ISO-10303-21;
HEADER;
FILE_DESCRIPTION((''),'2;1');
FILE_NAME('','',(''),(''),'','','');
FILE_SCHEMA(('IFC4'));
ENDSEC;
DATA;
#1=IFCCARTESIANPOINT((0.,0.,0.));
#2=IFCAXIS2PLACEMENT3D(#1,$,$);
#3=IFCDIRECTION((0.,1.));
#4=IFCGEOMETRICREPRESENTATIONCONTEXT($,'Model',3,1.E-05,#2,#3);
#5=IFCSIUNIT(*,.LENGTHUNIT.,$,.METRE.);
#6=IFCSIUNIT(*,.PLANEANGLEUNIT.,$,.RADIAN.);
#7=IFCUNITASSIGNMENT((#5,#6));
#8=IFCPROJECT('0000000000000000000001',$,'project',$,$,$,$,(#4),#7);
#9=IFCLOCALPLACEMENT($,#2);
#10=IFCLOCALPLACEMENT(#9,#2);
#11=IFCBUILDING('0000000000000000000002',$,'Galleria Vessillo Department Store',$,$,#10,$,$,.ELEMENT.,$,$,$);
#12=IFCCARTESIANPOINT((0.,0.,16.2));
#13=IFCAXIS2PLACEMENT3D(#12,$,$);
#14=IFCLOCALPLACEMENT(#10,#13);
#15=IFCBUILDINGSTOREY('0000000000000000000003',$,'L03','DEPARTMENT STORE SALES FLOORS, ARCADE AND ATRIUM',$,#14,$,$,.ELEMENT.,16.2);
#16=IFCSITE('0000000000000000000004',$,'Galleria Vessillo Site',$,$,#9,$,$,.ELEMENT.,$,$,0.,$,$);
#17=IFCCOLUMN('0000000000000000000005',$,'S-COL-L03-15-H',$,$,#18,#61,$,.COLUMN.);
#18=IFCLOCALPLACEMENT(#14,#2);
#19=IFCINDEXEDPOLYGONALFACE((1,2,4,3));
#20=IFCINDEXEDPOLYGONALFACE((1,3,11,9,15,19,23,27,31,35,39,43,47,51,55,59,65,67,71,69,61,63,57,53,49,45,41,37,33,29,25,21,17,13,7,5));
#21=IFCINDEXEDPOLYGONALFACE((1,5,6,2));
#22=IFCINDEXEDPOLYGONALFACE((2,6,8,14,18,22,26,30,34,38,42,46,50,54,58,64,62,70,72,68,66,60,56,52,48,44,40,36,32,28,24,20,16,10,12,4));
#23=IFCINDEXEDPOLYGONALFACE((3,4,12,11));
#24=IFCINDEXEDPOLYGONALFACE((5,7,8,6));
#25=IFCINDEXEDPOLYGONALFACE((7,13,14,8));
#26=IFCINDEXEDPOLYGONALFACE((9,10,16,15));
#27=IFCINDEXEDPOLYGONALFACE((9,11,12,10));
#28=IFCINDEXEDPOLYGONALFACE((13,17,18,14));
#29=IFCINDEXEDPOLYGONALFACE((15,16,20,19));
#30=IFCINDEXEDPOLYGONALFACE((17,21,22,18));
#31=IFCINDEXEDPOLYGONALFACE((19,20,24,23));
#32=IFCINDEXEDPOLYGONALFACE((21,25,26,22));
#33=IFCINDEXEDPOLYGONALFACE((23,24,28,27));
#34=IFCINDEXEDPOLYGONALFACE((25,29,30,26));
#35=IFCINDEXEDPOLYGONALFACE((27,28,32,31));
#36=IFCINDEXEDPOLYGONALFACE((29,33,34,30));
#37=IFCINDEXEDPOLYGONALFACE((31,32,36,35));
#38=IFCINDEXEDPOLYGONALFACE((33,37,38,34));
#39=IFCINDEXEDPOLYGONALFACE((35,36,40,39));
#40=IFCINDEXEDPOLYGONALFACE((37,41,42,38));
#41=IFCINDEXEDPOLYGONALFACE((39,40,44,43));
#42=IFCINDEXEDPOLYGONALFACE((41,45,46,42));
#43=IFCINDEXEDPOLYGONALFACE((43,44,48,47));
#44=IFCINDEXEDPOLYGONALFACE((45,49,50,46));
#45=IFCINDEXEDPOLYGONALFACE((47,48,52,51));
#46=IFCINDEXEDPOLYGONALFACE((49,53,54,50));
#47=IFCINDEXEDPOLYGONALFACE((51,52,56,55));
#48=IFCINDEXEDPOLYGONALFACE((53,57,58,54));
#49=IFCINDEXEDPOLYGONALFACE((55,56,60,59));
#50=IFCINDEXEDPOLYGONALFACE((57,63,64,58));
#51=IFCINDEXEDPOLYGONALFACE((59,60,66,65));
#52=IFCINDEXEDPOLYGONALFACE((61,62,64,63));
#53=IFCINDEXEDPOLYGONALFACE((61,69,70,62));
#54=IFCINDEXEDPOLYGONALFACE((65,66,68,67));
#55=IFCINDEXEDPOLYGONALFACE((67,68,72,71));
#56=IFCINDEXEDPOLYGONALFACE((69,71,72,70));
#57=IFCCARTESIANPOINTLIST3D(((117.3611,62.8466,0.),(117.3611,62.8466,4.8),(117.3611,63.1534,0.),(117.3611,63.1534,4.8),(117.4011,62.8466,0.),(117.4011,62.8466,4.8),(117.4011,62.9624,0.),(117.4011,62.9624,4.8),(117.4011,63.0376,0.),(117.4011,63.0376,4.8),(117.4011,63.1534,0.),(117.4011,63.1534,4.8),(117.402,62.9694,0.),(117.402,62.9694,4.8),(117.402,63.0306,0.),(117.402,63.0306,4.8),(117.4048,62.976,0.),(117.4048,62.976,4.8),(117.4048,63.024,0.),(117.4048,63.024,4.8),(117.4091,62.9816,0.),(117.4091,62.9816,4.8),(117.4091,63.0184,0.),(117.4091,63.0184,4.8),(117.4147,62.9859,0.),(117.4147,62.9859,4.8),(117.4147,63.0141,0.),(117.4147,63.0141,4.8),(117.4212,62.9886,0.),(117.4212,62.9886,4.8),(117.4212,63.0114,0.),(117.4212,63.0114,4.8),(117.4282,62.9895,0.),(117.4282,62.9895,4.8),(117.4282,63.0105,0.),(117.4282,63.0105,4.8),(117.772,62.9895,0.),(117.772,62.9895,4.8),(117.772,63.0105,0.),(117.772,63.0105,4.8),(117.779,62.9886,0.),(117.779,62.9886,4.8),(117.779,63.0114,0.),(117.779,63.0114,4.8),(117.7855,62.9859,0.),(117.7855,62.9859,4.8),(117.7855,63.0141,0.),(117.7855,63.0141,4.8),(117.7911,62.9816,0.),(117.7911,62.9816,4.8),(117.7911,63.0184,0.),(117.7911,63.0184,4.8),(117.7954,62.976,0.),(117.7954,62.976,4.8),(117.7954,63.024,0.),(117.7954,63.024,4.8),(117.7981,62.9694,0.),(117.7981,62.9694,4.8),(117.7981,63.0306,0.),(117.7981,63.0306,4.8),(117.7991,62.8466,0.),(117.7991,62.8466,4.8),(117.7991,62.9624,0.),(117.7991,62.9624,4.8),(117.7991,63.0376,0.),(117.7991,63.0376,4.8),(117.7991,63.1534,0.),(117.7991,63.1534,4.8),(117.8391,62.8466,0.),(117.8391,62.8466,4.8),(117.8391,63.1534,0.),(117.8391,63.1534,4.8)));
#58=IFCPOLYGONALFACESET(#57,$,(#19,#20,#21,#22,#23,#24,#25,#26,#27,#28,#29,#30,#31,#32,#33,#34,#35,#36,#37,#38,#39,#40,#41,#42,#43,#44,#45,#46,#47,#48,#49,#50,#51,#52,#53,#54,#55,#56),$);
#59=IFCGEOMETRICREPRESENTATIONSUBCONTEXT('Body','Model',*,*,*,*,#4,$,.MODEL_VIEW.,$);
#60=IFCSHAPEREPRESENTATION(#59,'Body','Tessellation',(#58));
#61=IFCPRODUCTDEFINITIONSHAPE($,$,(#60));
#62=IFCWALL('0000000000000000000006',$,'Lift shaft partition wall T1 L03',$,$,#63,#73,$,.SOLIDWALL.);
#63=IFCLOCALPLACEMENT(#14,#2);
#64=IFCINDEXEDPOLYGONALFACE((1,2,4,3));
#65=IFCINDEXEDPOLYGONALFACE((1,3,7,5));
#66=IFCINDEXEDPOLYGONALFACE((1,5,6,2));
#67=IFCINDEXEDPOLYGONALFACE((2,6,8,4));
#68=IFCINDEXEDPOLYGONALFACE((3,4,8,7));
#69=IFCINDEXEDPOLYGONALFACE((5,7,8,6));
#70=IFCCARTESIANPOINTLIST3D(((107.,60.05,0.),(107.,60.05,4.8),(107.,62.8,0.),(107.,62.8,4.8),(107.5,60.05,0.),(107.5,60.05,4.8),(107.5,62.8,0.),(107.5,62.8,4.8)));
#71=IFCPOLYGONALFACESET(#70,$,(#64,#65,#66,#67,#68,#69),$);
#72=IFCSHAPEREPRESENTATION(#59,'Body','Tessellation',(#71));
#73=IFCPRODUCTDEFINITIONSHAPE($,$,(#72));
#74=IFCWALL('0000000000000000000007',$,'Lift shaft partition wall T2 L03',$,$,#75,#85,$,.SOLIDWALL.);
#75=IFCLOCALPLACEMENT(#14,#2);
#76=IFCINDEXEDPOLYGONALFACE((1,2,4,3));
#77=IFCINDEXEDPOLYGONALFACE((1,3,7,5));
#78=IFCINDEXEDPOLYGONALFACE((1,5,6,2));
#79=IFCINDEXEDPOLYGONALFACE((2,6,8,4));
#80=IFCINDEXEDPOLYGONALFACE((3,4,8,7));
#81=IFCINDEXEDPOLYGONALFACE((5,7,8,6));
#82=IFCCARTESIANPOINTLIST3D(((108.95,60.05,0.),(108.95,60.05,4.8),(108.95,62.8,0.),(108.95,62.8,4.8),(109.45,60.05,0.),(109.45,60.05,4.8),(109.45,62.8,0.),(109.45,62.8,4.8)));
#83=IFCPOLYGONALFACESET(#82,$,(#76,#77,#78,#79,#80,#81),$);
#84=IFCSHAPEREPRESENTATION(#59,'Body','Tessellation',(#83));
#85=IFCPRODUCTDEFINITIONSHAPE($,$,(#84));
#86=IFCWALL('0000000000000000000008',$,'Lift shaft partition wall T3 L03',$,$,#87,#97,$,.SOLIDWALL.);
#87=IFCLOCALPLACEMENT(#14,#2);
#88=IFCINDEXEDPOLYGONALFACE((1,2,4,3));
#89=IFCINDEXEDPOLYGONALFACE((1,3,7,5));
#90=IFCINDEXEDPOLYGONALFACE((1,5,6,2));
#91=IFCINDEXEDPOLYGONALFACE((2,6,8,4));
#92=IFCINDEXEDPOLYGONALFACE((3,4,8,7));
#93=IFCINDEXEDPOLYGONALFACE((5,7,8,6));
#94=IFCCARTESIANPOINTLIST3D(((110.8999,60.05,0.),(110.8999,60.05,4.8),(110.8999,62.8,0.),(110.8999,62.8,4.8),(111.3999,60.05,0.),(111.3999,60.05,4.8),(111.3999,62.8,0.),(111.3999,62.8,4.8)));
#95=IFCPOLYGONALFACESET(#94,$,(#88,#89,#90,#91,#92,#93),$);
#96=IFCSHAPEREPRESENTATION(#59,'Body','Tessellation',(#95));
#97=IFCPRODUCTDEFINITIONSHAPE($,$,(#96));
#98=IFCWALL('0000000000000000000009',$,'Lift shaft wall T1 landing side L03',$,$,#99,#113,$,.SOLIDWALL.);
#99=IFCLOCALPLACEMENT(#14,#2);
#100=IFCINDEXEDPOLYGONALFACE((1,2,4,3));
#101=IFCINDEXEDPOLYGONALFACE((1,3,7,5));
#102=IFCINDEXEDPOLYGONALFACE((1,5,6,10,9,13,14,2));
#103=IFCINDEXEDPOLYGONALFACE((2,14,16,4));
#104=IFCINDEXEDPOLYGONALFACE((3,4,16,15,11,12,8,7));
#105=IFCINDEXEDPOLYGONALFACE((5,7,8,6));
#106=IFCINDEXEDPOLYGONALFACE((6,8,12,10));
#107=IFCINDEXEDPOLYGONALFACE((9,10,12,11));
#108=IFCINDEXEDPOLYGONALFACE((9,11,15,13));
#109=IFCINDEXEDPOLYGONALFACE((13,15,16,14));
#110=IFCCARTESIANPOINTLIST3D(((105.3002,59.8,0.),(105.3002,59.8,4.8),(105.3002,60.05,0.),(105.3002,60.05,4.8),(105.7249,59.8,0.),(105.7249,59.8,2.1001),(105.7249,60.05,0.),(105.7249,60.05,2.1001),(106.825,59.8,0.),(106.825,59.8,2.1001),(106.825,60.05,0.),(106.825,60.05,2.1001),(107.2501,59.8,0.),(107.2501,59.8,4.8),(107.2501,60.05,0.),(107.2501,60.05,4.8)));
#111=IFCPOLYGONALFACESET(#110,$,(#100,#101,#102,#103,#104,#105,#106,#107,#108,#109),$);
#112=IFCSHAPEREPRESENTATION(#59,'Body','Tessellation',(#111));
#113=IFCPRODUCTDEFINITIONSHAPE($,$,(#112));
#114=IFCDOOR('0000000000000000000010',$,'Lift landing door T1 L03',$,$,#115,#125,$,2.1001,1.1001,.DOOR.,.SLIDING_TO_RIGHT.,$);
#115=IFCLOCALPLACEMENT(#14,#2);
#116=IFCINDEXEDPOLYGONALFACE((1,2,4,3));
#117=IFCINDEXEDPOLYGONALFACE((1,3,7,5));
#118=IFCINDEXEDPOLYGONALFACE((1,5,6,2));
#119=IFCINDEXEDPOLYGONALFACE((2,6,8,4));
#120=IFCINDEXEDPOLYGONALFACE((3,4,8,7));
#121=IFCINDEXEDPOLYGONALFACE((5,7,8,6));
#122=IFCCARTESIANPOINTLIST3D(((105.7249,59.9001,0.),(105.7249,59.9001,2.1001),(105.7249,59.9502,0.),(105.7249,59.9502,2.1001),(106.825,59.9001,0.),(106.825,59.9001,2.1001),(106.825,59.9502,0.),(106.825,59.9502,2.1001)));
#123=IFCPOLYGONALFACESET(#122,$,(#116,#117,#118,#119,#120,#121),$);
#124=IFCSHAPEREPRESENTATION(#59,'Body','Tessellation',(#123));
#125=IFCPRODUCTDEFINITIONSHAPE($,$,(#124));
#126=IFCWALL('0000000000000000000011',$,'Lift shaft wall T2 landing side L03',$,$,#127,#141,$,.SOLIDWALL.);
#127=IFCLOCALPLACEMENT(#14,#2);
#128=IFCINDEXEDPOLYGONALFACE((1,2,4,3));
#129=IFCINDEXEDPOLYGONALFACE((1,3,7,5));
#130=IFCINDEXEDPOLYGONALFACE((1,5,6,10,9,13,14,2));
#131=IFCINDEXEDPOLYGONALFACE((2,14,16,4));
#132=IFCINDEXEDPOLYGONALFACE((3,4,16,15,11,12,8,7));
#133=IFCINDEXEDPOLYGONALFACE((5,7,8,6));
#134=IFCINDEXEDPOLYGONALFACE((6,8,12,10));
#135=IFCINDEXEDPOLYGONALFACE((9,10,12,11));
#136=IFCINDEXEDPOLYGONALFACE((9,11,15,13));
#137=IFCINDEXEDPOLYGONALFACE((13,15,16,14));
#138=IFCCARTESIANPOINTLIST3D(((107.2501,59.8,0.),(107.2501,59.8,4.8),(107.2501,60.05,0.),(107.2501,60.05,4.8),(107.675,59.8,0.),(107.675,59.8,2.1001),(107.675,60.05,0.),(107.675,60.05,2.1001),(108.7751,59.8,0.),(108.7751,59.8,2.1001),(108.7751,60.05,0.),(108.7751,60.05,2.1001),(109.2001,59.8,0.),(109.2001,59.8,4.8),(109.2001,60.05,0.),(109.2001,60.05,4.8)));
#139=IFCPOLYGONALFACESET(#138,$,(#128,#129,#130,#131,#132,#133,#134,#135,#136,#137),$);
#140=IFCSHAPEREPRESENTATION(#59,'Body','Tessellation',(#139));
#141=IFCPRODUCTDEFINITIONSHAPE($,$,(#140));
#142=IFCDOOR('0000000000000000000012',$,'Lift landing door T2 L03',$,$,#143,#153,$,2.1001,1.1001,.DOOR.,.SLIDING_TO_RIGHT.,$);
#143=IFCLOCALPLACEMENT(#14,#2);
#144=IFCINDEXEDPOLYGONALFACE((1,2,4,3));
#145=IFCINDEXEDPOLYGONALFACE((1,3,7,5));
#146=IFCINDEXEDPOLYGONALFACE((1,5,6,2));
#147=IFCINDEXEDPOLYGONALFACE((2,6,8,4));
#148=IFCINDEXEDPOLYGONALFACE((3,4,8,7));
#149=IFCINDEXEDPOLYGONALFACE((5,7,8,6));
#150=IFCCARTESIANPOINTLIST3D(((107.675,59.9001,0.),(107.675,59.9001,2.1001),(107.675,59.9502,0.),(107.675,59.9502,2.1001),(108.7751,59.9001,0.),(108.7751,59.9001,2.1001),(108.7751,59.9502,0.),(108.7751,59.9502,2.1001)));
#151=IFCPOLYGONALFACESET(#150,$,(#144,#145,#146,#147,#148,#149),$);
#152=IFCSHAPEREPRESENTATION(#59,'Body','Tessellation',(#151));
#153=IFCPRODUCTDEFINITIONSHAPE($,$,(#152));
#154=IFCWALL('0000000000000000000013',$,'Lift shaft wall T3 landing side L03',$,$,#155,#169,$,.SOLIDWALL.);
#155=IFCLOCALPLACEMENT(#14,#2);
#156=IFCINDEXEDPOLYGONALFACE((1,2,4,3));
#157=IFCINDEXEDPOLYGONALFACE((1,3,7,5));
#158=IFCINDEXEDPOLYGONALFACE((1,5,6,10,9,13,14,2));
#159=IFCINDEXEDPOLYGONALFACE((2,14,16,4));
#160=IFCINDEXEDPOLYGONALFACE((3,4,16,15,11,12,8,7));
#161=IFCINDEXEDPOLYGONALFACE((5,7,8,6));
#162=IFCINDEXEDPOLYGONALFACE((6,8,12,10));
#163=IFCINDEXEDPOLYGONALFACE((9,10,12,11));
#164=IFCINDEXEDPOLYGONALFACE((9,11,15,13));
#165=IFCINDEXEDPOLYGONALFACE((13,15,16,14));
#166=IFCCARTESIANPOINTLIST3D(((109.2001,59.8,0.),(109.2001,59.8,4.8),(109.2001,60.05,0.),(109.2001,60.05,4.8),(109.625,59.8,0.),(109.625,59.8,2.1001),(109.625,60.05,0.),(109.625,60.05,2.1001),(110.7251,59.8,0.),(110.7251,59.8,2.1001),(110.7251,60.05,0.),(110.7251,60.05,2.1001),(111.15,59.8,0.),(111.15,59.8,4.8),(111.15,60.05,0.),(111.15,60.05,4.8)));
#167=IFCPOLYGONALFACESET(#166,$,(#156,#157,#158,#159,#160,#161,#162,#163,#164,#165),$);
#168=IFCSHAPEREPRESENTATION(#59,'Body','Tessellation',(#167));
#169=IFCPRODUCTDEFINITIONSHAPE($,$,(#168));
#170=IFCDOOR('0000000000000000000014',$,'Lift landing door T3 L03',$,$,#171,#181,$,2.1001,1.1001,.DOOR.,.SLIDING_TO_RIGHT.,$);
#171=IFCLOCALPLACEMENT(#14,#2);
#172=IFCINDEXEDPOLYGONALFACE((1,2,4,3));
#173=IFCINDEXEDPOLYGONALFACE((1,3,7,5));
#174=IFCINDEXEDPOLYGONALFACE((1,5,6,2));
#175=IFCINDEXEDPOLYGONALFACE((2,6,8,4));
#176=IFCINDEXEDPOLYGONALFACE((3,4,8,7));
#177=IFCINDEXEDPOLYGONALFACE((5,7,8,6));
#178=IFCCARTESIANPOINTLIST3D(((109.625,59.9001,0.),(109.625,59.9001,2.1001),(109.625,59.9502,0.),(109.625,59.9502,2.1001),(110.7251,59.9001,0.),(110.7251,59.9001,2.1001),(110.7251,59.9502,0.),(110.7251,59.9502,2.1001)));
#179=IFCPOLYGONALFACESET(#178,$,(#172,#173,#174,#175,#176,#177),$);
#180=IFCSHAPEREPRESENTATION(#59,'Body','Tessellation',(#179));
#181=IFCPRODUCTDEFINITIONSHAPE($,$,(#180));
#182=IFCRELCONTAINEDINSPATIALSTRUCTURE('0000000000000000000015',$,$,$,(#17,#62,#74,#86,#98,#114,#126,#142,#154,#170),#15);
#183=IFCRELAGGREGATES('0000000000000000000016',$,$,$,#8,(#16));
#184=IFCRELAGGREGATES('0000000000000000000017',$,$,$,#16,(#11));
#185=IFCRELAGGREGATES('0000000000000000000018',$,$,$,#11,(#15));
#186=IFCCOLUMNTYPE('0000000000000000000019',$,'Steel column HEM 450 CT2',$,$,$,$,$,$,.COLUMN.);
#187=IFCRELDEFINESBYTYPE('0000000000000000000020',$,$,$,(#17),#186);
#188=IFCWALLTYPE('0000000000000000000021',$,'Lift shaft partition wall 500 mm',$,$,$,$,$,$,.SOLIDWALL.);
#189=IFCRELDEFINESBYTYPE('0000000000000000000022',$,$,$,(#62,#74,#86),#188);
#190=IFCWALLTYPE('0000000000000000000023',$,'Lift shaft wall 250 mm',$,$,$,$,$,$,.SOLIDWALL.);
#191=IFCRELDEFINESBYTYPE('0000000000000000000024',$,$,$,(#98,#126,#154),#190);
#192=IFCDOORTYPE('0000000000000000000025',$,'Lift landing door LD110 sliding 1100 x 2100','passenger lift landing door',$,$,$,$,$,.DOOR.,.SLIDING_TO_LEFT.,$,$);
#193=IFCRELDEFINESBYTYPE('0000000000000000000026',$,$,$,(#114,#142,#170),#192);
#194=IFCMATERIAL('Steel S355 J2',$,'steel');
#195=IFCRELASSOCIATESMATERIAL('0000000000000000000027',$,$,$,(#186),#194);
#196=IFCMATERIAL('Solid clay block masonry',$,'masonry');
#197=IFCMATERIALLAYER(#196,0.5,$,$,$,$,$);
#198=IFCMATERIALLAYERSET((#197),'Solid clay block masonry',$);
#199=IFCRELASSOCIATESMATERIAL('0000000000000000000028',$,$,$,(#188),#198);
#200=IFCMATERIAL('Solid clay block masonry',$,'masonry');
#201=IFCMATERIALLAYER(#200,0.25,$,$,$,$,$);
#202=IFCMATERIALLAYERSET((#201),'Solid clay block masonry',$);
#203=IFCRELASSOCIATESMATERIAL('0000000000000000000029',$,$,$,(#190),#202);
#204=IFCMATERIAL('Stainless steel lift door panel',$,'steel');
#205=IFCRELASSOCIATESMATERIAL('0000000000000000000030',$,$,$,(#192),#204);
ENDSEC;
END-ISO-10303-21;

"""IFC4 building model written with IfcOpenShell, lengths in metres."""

from ifc_helpers import new_model, si_unit, direction, frame, frame_2d, origin, origin_2d, place, context, subcontext, project, spatial, rectangle, i_section, extrude, material, layer, layer_set, material_profile, profile_set, type_object, element, fill, save


model = new_model("IFC4")

# Units and contexts
model_context = context("Model", 3, precision=1e-05, world=origin(), true_north=direction((0.0, 1.0)))
body_context = subcontext(model_context, "Body", "Model", "MODEL_VIEW")
ifc_project = project(units=[si_unit("LENGTHUNIT", "METRE"), si_unit("PLANEANGLEUNIT", "RADIAN")], contexts=[model_context])

# Site, building, storey
site_placement = place(None, origin())
site = spatial("IfcSite", under=ifc_project, at=site_placement, Name="Galleria Vessillo Site", CompositionType="ELEMENT", RefElevation=0.0)
building_placement = place(site_placement, origin())
building = spatial("IfcBuilding", under=site, at=building_placement, Name="Galleria Vessillo Department Store", CompositionType="ELEMENT")
storey_placement = place(building_placement, frame((0.0, 0.0, 16.2)))
storey = spatial("IfcBuildingStorey", under=building, at=storey_placement, Name="L03", Description="DEPARTMENT STORE SALES FLOORS, ARCADE AND ATRIUM", CompositionType="ELEMENT", Elevation=16.2)

# Column
ifc_material_1 = material(Name="Steel S355 J2", Category="steel")
ifc_material_profile = material_profile(ifc_material_1, i_section(OverallWidth=0.3069, OverallDepth=0.478, WebThickness=0.021, FlangeThickness=0.04, FilletRadius=0.0271, at=origin_2d()), Name="HEM 450")
ifc_profile_set = profile_set([ifc_material_profile], Name="Steel S355 J2")
column_type = type_object("IfcColumnType", Name="Steel column HEM 450 CT2", PredefinedType="COLUMN", material=ifc_profile_set)
column_placement = place(storey_placement, frame((117.6001, 63.0, 0.0), z_axis=(0.0, 0.0, 1.0), x_axis=(0.0, 1.0, 0.0)))
element("IfcColumn", 1, at=column_placement, inside=storey, type_object=column_type, Name="S-COL-L03-15-H", PredefinedType="COLUMN", context=body_context, shape_type="SweptSolid", body=[
    extrude(i_section(OverallWidth=0.3069, OverallDepth=0.478, WebThickness=0.021, FlangeThickness=0.04, FilletRadius=0.0271, at=origin_2d()), origin(), (0.0, 0.0, 1.0), 4.8),
])

# Walls
ifc_material_2 = material(Name="Solid clay block masonry", Category="masonry")
ifc_layer_1 = layer(ifc_material_2, 0.5)
ifc_layer_set_1 = layer_set([ifc_layer_1], Name="Solid clay block masonry")
wall_type_1 = type_object("IfcWallType", Name="Lift shaft partition wall 500 mm", PredefinedType="SOLIDWALL", material=ifc_layer_set_1)
for number, where, z_axis, x_axis, name in (
    (2, (107.25, 62.8, 0.0), (0.0, 0.0, 1.0), (0.0, -1.0, 0.0), "Lift shaft partition wall T1 L03"),
    (3, (109.2, 62.8, 0.0), (0.0, 0.0, 1.0), (0.0, -1.0, 0.0), "Lift shaft partition wall T2 L03"),
    (4, (111.1499, 62.8, 0.0), (0.0, 0.0, 1.0), (0.0, -1.0, 0.0), "Lift shaft partition wall T3 L03"),
):
    element("IfcWall", number, at=place(storey_placement, frame(where, z_axis=z_axis, x_axis=x_axis)), inside=storey, type_object=wall_type_1, Name=name, PredefinedType="SOLIDWALL", context=body_context, shape_type="SweptSolid", body=[
        extrude(rectangle(XDim=2.75, YDim=0.5, at=frame_2d((1.375, 0.0))), origin(), (0.0, 0.0, 1.0), 4.8),
    ])

# Walls, openings, doors
ifc_material_3 = material(Name="Solid clay block masonry", Category="masonry")
ifc_layer_2 = layer(ifc_material_3, 0.25)
ifc_layer_set_2 = layer_set([ifc_layer_2], Name="Solid clay block masonry")
wall_type_2 = type_object("IfcWallType", Name="Lift shaft wall 250 mm", PredefinedType="SOLIDWALL", material=ifc_layer_set_2)
wall_1_placement = place(storey_placement, frame((105.3, 59.925, 0.0), z_axis=(0.0, 0.0, 1.0), x_axis=(1.0, 0.0, 0.0)))
wall_1 = element("IfcWall", 5, at=wall_1_placement, inside=storey, type_object=wall_type_2, Name="Lift shaft wall T1 landing side L03", PredefinedType="SOLIDWALL", context=body_context, shape_type="SweptSolid", body=[
    extrude(rectangle(XDim=1.95, YDim=0.25, at=frame_2d((0.9751, 0.0))), origin(), (0.0, 0.0, 1.0), 4.8),
])
opening_1_placement = place(wall_1_placement, frame((0.4248, 0.0, 0.0)))
opening_1 = element("IfcOpeningElement", 6, at=opening_1_placement, cuts=wall_1, PredefinedType="OPENING", context=body_context, shape_type="SweptSolid", body=[
    extrude(rectangle(XDim=1.1001, YDim=2.1001, at=frame_2d((0.55, 1.05))), frame((0.0, 0.135, 0.0), z_axis=(0.0, -1.0, 0.0), x_axis=(1.0, 0.0, 0.0)), (0.0, 0.0, 1.0), 0.27),
])
ifc_material_4 = material(Name="Stainless steel lift door panel", Category="steel")
door_type = type_object("IfcDoorType", Name="Lift landing door LD110 sliding 1100 x 2100", Description="passenger lift landing door", OperationType="SLIDING_TO_LEFT", PredefinedType="DOOR", material=ifc_material_4)
door_1_placement = place(opening_1_placement, frame((1.1001, 0.0, 0.0), z_axis=(0.0, 0.0, 1.0), x_axis=(-1.0, 0.0, 0.0)))
door_1 = element("IfcDoor", 7, at=door_1_placement, inside=storey, type_object=door_type, Name="Lift landing door T1 L03", OperationType="SLIDING_TO_RIGHT", OverallHeight=2.1001, OverallWidth=1.1001, PredefinedType="DOOR", context=body_context, shape_type="SweptSolid", body=[
    extrude(rectangle(XDim=1.1001, YDim=2.1001, at=frame_2d((0.55, 1.05))), frame((0.0, 0.0249, 0.0), z_axis=(0.0, -1.0, 0.0), x_axis=(1.0, 0.0, 0.0)), (0.0, 0.0, 1.0), 0.05),
])
fill(opening_1, door_1)
wall_2_placement = place(storey_placement, frame((107.25, 59.925, 0.0), z_axis=(0.0, 0.0, 1.0), x_axis=(1.0, 0.0, 0.0)))
wall_2 = element("IfcWall", 8, at=wall_2_placement, inside=storey, type_object=wall_type_2, Name="Lift shaft wall T2 landing side L03", PredefinedType="SOLIDWALL", context=body_context, shape_type="SweptSolid", body=[
    extrude(rectangle(XDim=1.95, YDim=0.25, at=frame_2d((0.9751, 0.0))), origin(), (0.0, 0.0, 1.0), 4.8),
])
opening_2_placement = place(wall_2_placement, frame((0.425, 0.0, 0.0)))
opening_2 = element("IfcOpeningElement", 9, at=opening_2_placement, cuts=wall_2, PredefinedType="OPENING", context=body_context, shape_type="SweptSolid", body=[
    extrude(rectangle(XDim=1.1001, YDim=2.1001, at=frame_2d((0.55, 1.05))), frame((0.0, 0.135, 0.0), z_axis=(0.0, -1.0, 0.0), x_axis=(1.0, 0.0, 0.0)), (0.0, 0.0, 1.0), 0.27),
])
door_2_placement = place(opening_2_placement, frame((1.1001, 0.0, 0.0), z_axis=(0.0, 0.0, 1.0), x_axis=(-1.0, 0.0, 0.0)))
door_2 = element("IfcDoor", 10, at=door_2_placement, inside=storey, type_object=door_type, Name="Lift landing door T2 L03", OperationType="SLIDING_TO_RIGHT", OverallHeight=2.1001, OverallWidth=1.1001, PredefinedType="DOOR", context=body_context, shape_type="SweptSolid", body=[
    extrude(rectangle(XDim=1.1001, YDim=2.1001, at=frame_2d((0.55, 1.05))), frame((0.0, 0.0249, 0.0), z_axis=(0.0, -1.0, 0.0), x_axis=(1.0, 0.0, 0.0)), (0.0, 0.0, 1.0), 0.05),
])
fill(opening_2, door_2)
wall_3_placement = place(storey_placement, frame((109.2, 59.925, 0.0), z_axis=(0.0, 0.0, 1.0), x_axis=(1.0, 0.0, 0.0)))
wall_3 = element("IfcWall", 11, at=wall_3_placement, inside=storey, type_object=wall_type_2, Name="Lift shaft wall T3 landing side L03", PredefinedType="SOLIDWALL", context=body_context, shape_type="SweptSolid", body=[
    extrude(rectangle(XDim=1.95, YDim=0.25, at=frame_2d((0.9751, 0.0))), origin(), (0.0, 0.0, 1.0), 4.8),
])
opening_3_placement = place(wall_3_placement, frame((0.425, 0.0, 0.0)))
opening_3 = element("IfcOpeningElement", 12, at=opening_3_placement, cuts=wall_3, PredefinedType="OPENING", context=body_context, shape_type="SweptSolid", body=[
    extrude(rectangle(XDim=1.1001, YDim=2.1001, at=frame_2d((0.55, 1.05))), frame((0.0, 0.135, 0.0), z_axis=(0.0, -1.0, 0.0), x_axis=(1.0, 0.0, 0.0)), (0.0, 0.0, 1.0), 0.27),
])
door_3_placement = place(opening_3_placement, frame((1.1001, 0.0, 0.0), z_axis=(0.0, 0.0, 1.0), x_axis=(-1.0, 0.0, 0.0)))
door_3 = element("IfcDoor", 13, at=door_3_placement, inside=storey, type_object=door_type, Name="Lift landing door T3 L03", OperationType="SLIDING_TO_RIGHT", OverallHeight=2.1001, OverallWidth=1.1001, PredefinedType="DOOR", context=body_context, shape_type="SweptSolid", body=[
    extrude(rectangle(XDim=1.1001, YDim=2.1001, at=frame_2d((0.55, 1.05))), frame((0.0, 0.0249, 0.0), z_axis=(0.0, -1.0, 0.0), x_axis=(1.0, 0.0, 0.0)), (0.0, 0.0, 1.0), 0.05),
])
fill(opening_3, door_3)

save(model, "model.ifc")
